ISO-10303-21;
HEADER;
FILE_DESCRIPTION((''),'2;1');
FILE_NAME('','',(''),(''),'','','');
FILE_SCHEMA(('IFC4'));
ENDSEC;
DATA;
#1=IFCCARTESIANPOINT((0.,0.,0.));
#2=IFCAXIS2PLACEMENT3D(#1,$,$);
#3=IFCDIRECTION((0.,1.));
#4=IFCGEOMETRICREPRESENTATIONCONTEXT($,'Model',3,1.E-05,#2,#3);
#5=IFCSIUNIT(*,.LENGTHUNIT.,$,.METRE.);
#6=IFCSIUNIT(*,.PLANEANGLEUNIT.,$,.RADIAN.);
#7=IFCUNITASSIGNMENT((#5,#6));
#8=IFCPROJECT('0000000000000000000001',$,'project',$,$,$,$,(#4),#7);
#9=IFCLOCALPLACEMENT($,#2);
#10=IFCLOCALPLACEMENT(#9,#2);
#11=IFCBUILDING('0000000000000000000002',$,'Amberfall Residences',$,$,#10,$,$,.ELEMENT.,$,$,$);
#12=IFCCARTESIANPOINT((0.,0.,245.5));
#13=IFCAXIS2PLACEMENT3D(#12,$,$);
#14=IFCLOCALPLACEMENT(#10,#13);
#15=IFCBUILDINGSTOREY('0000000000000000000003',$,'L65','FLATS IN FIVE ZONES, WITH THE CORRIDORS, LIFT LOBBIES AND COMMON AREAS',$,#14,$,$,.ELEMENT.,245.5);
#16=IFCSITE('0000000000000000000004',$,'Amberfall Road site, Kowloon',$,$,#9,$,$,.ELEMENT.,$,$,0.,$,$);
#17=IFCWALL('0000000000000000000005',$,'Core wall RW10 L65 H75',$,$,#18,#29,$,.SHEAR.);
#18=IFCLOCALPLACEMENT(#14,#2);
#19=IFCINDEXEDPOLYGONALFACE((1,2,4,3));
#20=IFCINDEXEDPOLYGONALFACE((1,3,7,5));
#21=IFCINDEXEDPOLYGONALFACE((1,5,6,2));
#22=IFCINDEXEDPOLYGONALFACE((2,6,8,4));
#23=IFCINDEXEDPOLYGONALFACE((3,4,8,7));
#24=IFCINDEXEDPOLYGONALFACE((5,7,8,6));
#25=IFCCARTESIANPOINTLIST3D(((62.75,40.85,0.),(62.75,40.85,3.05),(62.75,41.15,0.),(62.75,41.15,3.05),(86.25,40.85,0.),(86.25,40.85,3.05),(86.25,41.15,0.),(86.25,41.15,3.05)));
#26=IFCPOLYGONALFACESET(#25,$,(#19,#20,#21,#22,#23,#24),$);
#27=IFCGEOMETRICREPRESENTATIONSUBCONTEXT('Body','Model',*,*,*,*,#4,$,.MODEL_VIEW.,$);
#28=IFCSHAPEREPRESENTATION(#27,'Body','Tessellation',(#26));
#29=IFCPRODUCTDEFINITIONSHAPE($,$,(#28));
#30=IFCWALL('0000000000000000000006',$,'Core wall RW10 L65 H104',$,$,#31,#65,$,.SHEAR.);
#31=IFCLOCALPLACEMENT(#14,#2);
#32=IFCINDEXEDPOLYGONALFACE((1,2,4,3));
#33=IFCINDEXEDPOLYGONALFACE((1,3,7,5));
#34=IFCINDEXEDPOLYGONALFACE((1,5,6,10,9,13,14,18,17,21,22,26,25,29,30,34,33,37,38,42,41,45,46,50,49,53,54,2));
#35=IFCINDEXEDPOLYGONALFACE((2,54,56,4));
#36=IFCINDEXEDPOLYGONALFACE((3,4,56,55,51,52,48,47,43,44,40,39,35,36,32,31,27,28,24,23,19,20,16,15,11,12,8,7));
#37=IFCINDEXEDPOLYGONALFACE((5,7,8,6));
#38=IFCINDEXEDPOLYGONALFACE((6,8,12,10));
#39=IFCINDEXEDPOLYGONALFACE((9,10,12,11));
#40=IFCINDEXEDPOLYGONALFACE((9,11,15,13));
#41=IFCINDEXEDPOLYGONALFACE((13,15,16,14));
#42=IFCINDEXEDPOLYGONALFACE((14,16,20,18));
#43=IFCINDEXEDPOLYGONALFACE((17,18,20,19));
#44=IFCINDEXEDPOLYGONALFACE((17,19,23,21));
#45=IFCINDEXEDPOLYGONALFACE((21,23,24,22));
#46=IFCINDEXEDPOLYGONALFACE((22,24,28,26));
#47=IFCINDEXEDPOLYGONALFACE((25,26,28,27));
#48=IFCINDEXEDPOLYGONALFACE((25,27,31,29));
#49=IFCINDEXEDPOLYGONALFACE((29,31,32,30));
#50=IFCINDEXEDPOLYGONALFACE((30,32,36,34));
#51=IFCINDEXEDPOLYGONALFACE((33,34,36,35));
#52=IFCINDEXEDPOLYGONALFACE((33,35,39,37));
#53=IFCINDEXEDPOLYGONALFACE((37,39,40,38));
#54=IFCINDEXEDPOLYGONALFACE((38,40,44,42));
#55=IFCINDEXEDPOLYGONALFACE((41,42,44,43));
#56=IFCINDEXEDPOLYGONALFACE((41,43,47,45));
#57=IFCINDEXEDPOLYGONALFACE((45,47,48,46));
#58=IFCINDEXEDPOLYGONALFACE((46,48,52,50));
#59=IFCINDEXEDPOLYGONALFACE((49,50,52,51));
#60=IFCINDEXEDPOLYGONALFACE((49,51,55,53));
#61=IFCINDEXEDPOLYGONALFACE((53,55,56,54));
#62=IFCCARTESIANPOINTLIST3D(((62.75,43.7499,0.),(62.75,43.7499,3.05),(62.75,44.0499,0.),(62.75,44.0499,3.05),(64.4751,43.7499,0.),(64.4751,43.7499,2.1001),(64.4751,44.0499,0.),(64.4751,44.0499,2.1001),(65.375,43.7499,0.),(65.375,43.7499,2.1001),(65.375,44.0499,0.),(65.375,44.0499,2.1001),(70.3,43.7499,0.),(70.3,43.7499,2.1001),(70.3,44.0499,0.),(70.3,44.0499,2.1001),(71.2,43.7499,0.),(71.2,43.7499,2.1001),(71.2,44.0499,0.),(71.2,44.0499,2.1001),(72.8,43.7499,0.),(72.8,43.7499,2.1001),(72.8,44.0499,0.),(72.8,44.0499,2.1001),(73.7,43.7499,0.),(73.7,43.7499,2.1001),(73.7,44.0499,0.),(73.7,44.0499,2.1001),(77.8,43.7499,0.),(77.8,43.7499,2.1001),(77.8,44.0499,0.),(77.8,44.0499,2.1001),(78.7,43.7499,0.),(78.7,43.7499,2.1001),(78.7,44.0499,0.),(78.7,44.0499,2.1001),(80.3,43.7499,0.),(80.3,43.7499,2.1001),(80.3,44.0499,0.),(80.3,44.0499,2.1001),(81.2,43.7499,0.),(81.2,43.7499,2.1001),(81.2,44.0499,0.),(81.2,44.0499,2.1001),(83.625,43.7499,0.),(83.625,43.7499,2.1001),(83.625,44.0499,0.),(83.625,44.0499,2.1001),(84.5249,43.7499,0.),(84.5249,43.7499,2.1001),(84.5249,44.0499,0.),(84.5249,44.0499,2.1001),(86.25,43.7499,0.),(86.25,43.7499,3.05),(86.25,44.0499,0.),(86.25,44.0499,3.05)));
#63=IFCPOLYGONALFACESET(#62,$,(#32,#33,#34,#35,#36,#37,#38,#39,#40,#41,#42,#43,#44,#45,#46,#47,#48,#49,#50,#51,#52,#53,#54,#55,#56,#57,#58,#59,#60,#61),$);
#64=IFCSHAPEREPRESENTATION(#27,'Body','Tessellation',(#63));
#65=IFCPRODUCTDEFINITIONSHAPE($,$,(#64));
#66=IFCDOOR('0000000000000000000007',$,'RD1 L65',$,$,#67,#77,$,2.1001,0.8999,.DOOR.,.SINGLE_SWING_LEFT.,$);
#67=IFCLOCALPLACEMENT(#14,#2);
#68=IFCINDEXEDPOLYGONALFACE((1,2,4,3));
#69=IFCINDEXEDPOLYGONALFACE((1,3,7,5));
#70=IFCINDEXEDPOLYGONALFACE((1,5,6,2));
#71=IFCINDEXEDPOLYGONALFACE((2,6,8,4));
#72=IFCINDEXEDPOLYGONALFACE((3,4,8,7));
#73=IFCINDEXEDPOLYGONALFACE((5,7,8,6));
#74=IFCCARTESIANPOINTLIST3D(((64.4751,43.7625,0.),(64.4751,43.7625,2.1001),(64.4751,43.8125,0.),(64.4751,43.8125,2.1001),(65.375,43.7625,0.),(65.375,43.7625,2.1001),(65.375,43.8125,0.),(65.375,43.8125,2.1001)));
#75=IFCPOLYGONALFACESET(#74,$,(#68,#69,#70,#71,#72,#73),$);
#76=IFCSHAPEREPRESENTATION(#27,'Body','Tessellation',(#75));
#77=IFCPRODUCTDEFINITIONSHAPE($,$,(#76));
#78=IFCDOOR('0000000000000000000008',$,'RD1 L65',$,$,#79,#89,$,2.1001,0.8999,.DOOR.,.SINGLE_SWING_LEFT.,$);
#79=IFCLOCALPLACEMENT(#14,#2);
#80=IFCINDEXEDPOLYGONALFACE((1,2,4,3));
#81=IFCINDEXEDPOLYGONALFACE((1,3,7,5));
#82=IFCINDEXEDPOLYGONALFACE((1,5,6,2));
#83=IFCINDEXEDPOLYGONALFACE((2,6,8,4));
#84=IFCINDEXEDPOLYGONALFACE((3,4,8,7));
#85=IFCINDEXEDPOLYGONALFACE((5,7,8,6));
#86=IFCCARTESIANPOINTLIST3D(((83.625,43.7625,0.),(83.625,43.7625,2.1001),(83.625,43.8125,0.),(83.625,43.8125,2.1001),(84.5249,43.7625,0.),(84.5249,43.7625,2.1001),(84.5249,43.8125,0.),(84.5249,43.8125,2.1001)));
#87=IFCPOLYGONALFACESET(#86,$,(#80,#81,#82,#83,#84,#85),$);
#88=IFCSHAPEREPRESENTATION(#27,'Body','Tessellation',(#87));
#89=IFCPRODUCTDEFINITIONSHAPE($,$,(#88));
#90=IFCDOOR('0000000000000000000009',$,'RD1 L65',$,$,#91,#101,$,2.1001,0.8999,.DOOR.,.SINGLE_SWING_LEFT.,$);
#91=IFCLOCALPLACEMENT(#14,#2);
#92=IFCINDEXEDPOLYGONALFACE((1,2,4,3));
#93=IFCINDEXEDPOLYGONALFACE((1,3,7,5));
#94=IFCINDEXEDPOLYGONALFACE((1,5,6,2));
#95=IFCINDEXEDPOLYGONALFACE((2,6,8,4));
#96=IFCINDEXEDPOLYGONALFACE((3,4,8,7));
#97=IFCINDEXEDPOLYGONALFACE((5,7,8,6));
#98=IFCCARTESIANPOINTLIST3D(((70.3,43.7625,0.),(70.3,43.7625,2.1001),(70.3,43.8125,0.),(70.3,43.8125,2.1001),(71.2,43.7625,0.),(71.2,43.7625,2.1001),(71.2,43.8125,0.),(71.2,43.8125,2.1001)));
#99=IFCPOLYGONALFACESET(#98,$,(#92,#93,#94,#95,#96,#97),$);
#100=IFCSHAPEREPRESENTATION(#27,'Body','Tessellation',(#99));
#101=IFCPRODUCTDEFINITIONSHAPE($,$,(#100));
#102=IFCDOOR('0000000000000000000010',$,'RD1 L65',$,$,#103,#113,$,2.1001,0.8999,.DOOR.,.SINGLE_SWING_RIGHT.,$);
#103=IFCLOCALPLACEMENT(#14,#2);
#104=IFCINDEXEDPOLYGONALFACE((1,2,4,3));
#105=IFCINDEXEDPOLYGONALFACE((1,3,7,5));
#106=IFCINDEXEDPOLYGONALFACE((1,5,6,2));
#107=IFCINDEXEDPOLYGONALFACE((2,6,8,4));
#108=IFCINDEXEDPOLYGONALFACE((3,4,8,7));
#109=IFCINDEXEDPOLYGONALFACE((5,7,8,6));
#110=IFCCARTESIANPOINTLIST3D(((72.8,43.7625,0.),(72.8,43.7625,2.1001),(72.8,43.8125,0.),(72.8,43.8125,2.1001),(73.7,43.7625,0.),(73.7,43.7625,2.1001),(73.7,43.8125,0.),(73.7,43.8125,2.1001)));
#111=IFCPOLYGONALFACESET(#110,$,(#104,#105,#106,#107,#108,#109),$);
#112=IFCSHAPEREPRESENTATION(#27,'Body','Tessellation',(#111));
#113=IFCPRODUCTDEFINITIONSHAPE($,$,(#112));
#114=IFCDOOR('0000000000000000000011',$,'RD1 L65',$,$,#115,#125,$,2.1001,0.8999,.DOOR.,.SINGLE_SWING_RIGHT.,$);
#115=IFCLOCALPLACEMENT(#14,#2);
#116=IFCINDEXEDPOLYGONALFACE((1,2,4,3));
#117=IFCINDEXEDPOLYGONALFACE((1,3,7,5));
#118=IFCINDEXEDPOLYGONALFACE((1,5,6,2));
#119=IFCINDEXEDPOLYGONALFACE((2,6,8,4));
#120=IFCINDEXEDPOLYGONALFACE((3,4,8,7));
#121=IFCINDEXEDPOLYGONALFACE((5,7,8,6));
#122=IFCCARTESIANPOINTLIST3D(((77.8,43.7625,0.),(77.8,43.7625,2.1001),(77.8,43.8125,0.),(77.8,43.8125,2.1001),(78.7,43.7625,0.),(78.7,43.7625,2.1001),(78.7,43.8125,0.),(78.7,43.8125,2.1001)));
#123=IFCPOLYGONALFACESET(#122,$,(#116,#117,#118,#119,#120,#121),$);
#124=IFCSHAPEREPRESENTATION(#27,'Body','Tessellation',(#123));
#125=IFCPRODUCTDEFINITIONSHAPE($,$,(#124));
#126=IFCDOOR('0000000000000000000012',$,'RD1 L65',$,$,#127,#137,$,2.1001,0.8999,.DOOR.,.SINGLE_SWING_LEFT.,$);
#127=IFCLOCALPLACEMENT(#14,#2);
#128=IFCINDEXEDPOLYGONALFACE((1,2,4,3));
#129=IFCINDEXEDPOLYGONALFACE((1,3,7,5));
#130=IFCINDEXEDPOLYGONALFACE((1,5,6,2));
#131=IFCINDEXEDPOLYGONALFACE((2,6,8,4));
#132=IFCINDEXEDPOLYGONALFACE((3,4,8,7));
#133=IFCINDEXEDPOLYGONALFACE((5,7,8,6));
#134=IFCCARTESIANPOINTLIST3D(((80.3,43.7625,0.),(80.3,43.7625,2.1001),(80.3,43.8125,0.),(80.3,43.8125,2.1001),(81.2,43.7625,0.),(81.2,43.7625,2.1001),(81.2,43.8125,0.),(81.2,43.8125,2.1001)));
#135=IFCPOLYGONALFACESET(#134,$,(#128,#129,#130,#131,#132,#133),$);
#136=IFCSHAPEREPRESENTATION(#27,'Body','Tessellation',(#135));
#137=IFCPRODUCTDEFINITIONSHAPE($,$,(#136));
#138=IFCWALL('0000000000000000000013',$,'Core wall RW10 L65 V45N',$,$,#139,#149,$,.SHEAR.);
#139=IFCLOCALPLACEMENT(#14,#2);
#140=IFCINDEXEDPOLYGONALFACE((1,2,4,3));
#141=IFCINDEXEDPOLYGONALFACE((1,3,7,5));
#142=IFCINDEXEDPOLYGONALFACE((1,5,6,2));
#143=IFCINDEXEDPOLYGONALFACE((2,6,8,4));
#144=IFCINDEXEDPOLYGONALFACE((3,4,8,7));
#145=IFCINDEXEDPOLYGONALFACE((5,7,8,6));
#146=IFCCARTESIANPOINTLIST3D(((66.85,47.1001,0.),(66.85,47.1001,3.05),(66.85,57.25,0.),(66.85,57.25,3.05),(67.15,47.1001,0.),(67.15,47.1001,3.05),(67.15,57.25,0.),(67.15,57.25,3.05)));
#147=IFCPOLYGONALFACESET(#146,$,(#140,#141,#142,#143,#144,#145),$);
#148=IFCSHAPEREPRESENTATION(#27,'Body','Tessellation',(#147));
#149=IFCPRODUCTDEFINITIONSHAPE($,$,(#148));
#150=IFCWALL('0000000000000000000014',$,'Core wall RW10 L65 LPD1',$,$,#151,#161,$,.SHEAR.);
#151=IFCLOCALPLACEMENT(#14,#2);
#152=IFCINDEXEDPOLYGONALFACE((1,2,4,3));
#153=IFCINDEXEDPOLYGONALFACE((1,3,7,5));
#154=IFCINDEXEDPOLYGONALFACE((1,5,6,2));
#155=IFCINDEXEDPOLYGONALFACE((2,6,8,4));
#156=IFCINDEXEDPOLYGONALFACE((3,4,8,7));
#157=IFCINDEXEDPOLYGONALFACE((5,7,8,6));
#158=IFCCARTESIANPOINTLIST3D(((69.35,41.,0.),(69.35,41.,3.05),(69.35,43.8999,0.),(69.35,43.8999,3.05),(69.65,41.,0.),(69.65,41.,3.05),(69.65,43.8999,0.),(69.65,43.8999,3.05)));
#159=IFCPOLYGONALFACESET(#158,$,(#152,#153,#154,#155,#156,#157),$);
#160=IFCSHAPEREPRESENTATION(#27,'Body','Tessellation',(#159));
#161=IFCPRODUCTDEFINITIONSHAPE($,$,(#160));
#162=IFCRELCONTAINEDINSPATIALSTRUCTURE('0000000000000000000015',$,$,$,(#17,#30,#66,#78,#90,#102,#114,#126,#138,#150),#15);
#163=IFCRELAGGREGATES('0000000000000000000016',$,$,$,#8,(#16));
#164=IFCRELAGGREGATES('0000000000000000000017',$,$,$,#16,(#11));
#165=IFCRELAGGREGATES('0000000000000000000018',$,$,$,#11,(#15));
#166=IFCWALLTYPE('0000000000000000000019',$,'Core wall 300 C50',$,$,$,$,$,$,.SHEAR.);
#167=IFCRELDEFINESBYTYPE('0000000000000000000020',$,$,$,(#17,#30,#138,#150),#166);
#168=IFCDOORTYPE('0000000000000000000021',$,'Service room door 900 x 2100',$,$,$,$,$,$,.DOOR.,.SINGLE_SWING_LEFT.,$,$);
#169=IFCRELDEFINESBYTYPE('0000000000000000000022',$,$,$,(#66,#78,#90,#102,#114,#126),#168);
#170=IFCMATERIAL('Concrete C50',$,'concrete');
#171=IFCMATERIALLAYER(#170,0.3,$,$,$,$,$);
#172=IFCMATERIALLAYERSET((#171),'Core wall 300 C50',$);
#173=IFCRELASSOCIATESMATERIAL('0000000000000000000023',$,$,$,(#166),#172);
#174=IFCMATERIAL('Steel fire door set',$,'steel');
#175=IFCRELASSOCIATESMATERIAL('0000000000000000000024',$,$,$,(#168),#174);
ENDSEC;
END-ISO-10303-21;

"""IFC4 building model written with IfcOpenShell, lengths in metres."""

from ifc_helpers import new_model, si_unit, direction, frame, frame_2d, origin, place, context, subcontext, project, spatial, rectangle, extrude, material, layer, layer_set, type_object, element, fill, save


model = new_model("IFC4")

# Units and contexts
model_context = context("Model", 3, precision=1e-05, world=origin(), true_north=direction((0.0, 1.0)))
body_context = subcontext(model_context, "Body", "Model", "MODEL_VIEW")
ifc_project = project(units=[si_unit("LENGTHUNIT", "METRE"), si_unit("PLANEANGLEUNIT", "RADIAN")], contexts=[model_context])

# Site, building, storey
site_placement = place(None, origin())
site = spatial("IfcSite", under=ifc_project, at=site_placement, Name="Amberfall Road site, Kowloon", CompositionType="ELEMENT", RefElevation=0.0)
building_placement = place(site_placement, origin())
building = spatial("IfcBuilding", under=site, at=building_placement, Name="Amberfall Residences", CompositionType="ELEMENT")
storey_placement = place(building_placement, frame((0.0, 0.0, 245.5)))
storey = spatial("IfcBuildingStorey", under=building, at=storey_placement, Name="L65", Description="FLATS IN FIVE ZONES, WITH THE CORRIDORS, LIFT LOBBIES AND COMMON AREAS", CompositionType="ELEMENT", Elevation=245.5)

# Wall
ifc_material_1 = material(Name="Concrete C50", Category="concrete")
ifc_layer_1 = layer(ifc_material_1, 0.3)
ifc_layer_set_1 = layer_set([ifc_layer_1], Name="Core wall 300 C50")
wall_type_1 = type_object("IfcWallType", Name="Core wall 300 C50", PredefinedType="SHEAR", material=ifc_layer_set_1)
wall_1_placement = place(storey_placement, frame((62.75, 41.0, 0.0), z_axis=(0.0, 0.0, 1.0), x_axis=(1.0, 0.0, 0.0)))
element("IfcWall", 1, at=wall_1_placement, inside=storey, type_object=wall_type_1, Name="Core wall RW10 L65 H75", PredefinedType="SHEAR", context=body_context, shape_type="SweptSolid", body=[
    extrude(rectangle(XDim=23.5, YDim=0.3, at=frame_2d((11.75, 0.0))), origin(), (0.0, 0.0, 1.0), 3.05),
])

# Wall, openings, doors
wall_2_placement = place(storey_placement, frame((62.75, 43.8999, 0.0), z_axis=(0.0, 0.0, 1.0), x_axis=(1.0, 0.0, 0.0)))
wall_2 = element("IfcWall", 2, at=wall_2_placement, inside=storey, type_object=wall_type_1, Name="Core wall RW10 L65 H104", PredefinedType="SHEAR", context=body_context, shape_type="SweptSolid", body=[
    extrude(rectangle(XDim=23.5, YDim=0.3, at=frame_2d((11.75, 0.0))), origin(), (0.0, 0.0, 1.0), 3.05),
])
opening_1_placement = place(wall_2_placement, frame((1.7251, 0.0, 0.0)))
opening_1 = element("IfcOpeningElement", 3, at=opening_1_placement, cuts=wall_2, PredefinedType="OPENING", context=body_context, shape_type="SweptSolid", body=[
    extrude(rectangle(XDim=0.8999, YDim=2.1001, at=frame_2d((0.45, 1.05))), frame((0.0, 0.1599, 0.0), z_axis=(0.0, -1.0, 0.0), x_axis=(1.0, 0.0, 0.0)), (0.0, 0.0, 1.0), 0.3201),
])
opening_2_placement = place(wall_2_placement, frame((20.875, 0.0, 0.0)))
opening_2 = element("IfcOpeningElement", 4, at=opening_2_placement, cuts=wall_2, PredefinedType="OPENING", context=body_context, shape_type="SweptSolid", body=[
    extrude(rectangle(XDim=0.8999, YDim=2.1001, at=frame_2d((0.45, 1.05))), frame((0.0, 0.1599, 0.0), z_axis=(0.0, -1.0, 0.0), x_axis=(1.0, 0.0, 0.0)), (0.0, 0.0, 1.0), 0.3201),
])
opening_3_placement = place(wall_2_placement, frame((7.55, 0.0, 0.0)))
opening_3 = element("IfcOpeningElement", 5, at=opening_3_placement, cuts=wall_2, PredefinedType="OPENING", context=body_context, shape_type="SweptSolid", body=[
    extrude(rectangle(XDim=0.8999, YDim=2.1001, at=frame_2d((0.45, 1.05))), frame((0.0, 0.1599, 0.0), z_axis=(0.0, -1.0, 0.0), x_axis=(1.0, 0.0, 0.0)), (0.0, 0.0, 1.0), 0.3201),
])
opening_4_placement = place(wall_2_placement, frame((10.05, 0.0, 0.0)))
opening_4 = element("IfcOpeningElement", 6, at=opening_4_placement, cuts=wall_2, PredefinedType="OPENING", context=body_context, shape_type="SweptSolid", body=[
    extrude(rectangle(XDim=0.8999, YDim=2.1001, at=frame_2d((0.45, 1.05))), frame((0.0, 0.1599, 0.0), z_axis=(0.0, -1.0, 0.0), x_axis=(1.0, 0.0, 0.0)), (0.0, 0.0, 1.0), 0.3201),
])
opening_5_placement = place(wall_2_placement, frame((15.05, 0.0, 0.0)))
opening_5 = element("IfcOpeningElement", 7, at=opening_5_placement, cuts=wall_2, PredefinedType="OPENING", context=body_context, shape_type="SweptSolid", body=[
    extrude(rectangle(XDim=0.8999, YDim=2.1001, at=frame_2d((0.45, 1.05))), frame((0.0, 0.1599, 0.0), z_axis=(0.0, -1.0, 0.0), x_axis=(1.0, 0.0, 0.0)), (0.0, 0.0, 1.0), 0.3201),
])
opening_6_placement = place(wall_2_placement, frame((17.55, 0.0, 0.0)))
opening_6 = element("IfcOpeningElement", 8, at=opening_6_placement, cuts=wall_2, PredefinedType="OPENING", context=body_context, shape_type="SweptSolid", body=[
    extrude(rectangle(XDim=0.8999, YDim=2.1001, at=frame_2d((0.45, 1.05))), frame((0.0, 0.1599, 0.0), z_axis=(0.0, -1.0, 0.0), x_axis=(1.0, 0.0, 0.0)), (0.0, 0.0, 1.0), 0.3201),
])
ifc_material_2 = material(Name="Steel fire door set", Category="steel")
door_type_1 = type_object("IfcDoorType", Name="Service room door 900 x 2100", OperationType="SINGLE_SWING_LEFT", PredefinedType="DOOR", material=ifc_material_2)
door_1_placement = place(opening_1_placement, origin())
door_1 = element("IfcDoor", 9, at=door_1_placement, inside=storey, type_object=door_type_1, Name="RD1 L65", OperationType="SINGLE_SWING_LEFT", OverallHeight=2.1001, OverallWidth=0.8999, PredefinedType="DOOR", context=body_context, shape_type="SweptSolid", body=[
    extrude(rectangle(XDim=0.8999, YDim=2.1001, at=frame_2d((0.45, 1.05))), frame((0.0, -0.0874, 0.0), z_axis=(0.0, -1.0, 0.0), x_axis=(1.0, 0.0, 0.0)), (0.0, 0.0, 1.0), 0.05),
])
fill(opening_1, door_1)
door_2_placement = place(opening_2_placement, origin())
door_2 = element("IfcDoor", 10, at=door_2_placement, inside=storey, type_object=door_type_1, Name="RD1 L65", OperationType="SINGLE_SWING_LEFT", OverallHeight=2.1001, OverallWidth=0.8999, PredefinedType="DOOR", context=body_context, shape_type="SweptSolid", body=[
    extrude(rectangle(XDim=0.8999, YDim=2.1001, at=frame_2d((0.45, 1.05))), frame((0.0, -0.0874, 0.0), z_axis=(0.0, -1.0, 0.0), x_axis=(1.0, 0.0, 0.0)), (0.0, 0.0, 1.0), 0.05),
])
fill(opening_2, door_2)
door_3_placement = place(opening_3_placement, origin())
door_3 = element("IfcDoor", 11, at=door_3_placement, inside=storey, type_object=door_type_1, Name="RD1 L65", OperationType="SINGLE_SWING_LEFT", OverallHeight=2.1001, OverallWidth=0.8999, PredefinedType="DOOR", context=body_context, shape_type="SweptSolid", body=[
    extrude(rectangle(XDim=0.8999, YDim=2.1001, at=frame_2d((0.45, 1.05))), frame((0.0, -0.0874, 0.0), z_axis=(0.0, -1.0, 0.0), x_axis=(1.0, 0.0, 0.0)), (0.0, 0.0, 1.0), 0.05),
])
fill(opening_3, door_3)
door_4_placement = place(opening_4_placement, origin())
door_4 = element("IfcDoor", 12, at=door_4_placement, inside=storey, type_object=door_type_1, Name="RD1 L65", OperationType="SINGLE_SWING_RIGHT", OverallHeight=2.1001, OverallWidth=0.8999, PredefinedType="DOOR", context=body_context, shape_type="SweptSolid", body=[
    extrude(rectangle(XDim=0.8999, YDim=2.1001, at=frame_2d((0.45, 1.05))), frame((0.0, -0.0874, 0.0), z_axis=(0.0, -1.0, 0.0), x_axis=(1.0, 0.0, 0.0)), (0.0, 0.0, 1.0), 0.05),
])
fill(opening_4, door_4)
door_5_placement = place(opening_5_placement, origin())
door_5 = element("IfcDoor", 13, at=door_5_placement, inside=storey, type_object=door_type_1, Name="RD1 L65", OperationType="SINGLE_SWING_RIGHT", OverallHeight=2.1001, OverallWidth=0.8999, PredefinedType="DOOR", context=body_context, shape_type="SweptSolid", body=[
    extrude(rectangle(XDim=0.8999, YDim=2.1001, at=frame_2d((0.45, 1.05))), frame((0.0, -0.0874, 0.0), z_axis=(0.0, -1.0, 0.0), x_axis=(1.0, 0.0, 0.0)), (0.0, 0.0, 1.0), 0.05),
])
fill(opening_5, door_5)
door_6_placement = place(opening_6_placement, origin())
door_6 = element("IfcDoor", 14, at=door_6_placement, inside=storey, type_object=door_type_1, Name="RD1 L65", OperationType="SINGLE_SWING_LEFT", OverallHeight=2.1001, OverallWidth=0.8999, PredefinedType="DOOR", context=body_context, shape_type="SweptSolid", body=[
    extrude(rectangle(XDim=0.8999, YDim=2.1001, at=frame_2d((0.45, 1.05))), frame((0.0, -0.0874, 0.0), z_axis=(0.0, -1.0, 0.0), x_axis=(1.0, 0.0, 0.0)), (0.0, 0.0, 1.0), 0.05),
])
fill(opening_6, door_6)

# Walls
wall_3_placement = place(storey_placement, frame((67.0, 47.1001, 0.0), z_axis=(0.0, 0.0, 1.0), x_axis=(0.0, 1.0, 0.0)))
element("IfcWall", 15, at=wall_3_placement, inside=storey, type_object=wall_type_1, Name="Core wall RW10 L65 V45N", PredefinedType="SHEAR", context=body_context, shape_type="SweptSolid", body=[
    extrude(rectangle(XDim=10.1499, YDim=0.3, at=frame_2d((5.075, 0.0))), origin(), (0.0, 0.0, 1.0), 3.05),
])
wall_4_placement = place(storey_placement, frame((69.5, 41.0, 0.0), z_axis=(0.0, 0.0, 1.0), x_axis=(0.0, 1.0, 0.0)))
element("IfcWall", 16, at=wall_4_placement, inside=storey, type_object=wall_type_1, Name="Core wall RW10 L65 LPD1", PredefinedType="SHEAR", context=body_context, shape_type="SweptSolid", body=[
    extrude(rectangle(XDim=2.8999, YDim=0.3, at=frame_2d((1.45, 0.0))), origin(), (0.0, 0.0, 1.0), 3.05),
])

save(model, "model.ifc")
